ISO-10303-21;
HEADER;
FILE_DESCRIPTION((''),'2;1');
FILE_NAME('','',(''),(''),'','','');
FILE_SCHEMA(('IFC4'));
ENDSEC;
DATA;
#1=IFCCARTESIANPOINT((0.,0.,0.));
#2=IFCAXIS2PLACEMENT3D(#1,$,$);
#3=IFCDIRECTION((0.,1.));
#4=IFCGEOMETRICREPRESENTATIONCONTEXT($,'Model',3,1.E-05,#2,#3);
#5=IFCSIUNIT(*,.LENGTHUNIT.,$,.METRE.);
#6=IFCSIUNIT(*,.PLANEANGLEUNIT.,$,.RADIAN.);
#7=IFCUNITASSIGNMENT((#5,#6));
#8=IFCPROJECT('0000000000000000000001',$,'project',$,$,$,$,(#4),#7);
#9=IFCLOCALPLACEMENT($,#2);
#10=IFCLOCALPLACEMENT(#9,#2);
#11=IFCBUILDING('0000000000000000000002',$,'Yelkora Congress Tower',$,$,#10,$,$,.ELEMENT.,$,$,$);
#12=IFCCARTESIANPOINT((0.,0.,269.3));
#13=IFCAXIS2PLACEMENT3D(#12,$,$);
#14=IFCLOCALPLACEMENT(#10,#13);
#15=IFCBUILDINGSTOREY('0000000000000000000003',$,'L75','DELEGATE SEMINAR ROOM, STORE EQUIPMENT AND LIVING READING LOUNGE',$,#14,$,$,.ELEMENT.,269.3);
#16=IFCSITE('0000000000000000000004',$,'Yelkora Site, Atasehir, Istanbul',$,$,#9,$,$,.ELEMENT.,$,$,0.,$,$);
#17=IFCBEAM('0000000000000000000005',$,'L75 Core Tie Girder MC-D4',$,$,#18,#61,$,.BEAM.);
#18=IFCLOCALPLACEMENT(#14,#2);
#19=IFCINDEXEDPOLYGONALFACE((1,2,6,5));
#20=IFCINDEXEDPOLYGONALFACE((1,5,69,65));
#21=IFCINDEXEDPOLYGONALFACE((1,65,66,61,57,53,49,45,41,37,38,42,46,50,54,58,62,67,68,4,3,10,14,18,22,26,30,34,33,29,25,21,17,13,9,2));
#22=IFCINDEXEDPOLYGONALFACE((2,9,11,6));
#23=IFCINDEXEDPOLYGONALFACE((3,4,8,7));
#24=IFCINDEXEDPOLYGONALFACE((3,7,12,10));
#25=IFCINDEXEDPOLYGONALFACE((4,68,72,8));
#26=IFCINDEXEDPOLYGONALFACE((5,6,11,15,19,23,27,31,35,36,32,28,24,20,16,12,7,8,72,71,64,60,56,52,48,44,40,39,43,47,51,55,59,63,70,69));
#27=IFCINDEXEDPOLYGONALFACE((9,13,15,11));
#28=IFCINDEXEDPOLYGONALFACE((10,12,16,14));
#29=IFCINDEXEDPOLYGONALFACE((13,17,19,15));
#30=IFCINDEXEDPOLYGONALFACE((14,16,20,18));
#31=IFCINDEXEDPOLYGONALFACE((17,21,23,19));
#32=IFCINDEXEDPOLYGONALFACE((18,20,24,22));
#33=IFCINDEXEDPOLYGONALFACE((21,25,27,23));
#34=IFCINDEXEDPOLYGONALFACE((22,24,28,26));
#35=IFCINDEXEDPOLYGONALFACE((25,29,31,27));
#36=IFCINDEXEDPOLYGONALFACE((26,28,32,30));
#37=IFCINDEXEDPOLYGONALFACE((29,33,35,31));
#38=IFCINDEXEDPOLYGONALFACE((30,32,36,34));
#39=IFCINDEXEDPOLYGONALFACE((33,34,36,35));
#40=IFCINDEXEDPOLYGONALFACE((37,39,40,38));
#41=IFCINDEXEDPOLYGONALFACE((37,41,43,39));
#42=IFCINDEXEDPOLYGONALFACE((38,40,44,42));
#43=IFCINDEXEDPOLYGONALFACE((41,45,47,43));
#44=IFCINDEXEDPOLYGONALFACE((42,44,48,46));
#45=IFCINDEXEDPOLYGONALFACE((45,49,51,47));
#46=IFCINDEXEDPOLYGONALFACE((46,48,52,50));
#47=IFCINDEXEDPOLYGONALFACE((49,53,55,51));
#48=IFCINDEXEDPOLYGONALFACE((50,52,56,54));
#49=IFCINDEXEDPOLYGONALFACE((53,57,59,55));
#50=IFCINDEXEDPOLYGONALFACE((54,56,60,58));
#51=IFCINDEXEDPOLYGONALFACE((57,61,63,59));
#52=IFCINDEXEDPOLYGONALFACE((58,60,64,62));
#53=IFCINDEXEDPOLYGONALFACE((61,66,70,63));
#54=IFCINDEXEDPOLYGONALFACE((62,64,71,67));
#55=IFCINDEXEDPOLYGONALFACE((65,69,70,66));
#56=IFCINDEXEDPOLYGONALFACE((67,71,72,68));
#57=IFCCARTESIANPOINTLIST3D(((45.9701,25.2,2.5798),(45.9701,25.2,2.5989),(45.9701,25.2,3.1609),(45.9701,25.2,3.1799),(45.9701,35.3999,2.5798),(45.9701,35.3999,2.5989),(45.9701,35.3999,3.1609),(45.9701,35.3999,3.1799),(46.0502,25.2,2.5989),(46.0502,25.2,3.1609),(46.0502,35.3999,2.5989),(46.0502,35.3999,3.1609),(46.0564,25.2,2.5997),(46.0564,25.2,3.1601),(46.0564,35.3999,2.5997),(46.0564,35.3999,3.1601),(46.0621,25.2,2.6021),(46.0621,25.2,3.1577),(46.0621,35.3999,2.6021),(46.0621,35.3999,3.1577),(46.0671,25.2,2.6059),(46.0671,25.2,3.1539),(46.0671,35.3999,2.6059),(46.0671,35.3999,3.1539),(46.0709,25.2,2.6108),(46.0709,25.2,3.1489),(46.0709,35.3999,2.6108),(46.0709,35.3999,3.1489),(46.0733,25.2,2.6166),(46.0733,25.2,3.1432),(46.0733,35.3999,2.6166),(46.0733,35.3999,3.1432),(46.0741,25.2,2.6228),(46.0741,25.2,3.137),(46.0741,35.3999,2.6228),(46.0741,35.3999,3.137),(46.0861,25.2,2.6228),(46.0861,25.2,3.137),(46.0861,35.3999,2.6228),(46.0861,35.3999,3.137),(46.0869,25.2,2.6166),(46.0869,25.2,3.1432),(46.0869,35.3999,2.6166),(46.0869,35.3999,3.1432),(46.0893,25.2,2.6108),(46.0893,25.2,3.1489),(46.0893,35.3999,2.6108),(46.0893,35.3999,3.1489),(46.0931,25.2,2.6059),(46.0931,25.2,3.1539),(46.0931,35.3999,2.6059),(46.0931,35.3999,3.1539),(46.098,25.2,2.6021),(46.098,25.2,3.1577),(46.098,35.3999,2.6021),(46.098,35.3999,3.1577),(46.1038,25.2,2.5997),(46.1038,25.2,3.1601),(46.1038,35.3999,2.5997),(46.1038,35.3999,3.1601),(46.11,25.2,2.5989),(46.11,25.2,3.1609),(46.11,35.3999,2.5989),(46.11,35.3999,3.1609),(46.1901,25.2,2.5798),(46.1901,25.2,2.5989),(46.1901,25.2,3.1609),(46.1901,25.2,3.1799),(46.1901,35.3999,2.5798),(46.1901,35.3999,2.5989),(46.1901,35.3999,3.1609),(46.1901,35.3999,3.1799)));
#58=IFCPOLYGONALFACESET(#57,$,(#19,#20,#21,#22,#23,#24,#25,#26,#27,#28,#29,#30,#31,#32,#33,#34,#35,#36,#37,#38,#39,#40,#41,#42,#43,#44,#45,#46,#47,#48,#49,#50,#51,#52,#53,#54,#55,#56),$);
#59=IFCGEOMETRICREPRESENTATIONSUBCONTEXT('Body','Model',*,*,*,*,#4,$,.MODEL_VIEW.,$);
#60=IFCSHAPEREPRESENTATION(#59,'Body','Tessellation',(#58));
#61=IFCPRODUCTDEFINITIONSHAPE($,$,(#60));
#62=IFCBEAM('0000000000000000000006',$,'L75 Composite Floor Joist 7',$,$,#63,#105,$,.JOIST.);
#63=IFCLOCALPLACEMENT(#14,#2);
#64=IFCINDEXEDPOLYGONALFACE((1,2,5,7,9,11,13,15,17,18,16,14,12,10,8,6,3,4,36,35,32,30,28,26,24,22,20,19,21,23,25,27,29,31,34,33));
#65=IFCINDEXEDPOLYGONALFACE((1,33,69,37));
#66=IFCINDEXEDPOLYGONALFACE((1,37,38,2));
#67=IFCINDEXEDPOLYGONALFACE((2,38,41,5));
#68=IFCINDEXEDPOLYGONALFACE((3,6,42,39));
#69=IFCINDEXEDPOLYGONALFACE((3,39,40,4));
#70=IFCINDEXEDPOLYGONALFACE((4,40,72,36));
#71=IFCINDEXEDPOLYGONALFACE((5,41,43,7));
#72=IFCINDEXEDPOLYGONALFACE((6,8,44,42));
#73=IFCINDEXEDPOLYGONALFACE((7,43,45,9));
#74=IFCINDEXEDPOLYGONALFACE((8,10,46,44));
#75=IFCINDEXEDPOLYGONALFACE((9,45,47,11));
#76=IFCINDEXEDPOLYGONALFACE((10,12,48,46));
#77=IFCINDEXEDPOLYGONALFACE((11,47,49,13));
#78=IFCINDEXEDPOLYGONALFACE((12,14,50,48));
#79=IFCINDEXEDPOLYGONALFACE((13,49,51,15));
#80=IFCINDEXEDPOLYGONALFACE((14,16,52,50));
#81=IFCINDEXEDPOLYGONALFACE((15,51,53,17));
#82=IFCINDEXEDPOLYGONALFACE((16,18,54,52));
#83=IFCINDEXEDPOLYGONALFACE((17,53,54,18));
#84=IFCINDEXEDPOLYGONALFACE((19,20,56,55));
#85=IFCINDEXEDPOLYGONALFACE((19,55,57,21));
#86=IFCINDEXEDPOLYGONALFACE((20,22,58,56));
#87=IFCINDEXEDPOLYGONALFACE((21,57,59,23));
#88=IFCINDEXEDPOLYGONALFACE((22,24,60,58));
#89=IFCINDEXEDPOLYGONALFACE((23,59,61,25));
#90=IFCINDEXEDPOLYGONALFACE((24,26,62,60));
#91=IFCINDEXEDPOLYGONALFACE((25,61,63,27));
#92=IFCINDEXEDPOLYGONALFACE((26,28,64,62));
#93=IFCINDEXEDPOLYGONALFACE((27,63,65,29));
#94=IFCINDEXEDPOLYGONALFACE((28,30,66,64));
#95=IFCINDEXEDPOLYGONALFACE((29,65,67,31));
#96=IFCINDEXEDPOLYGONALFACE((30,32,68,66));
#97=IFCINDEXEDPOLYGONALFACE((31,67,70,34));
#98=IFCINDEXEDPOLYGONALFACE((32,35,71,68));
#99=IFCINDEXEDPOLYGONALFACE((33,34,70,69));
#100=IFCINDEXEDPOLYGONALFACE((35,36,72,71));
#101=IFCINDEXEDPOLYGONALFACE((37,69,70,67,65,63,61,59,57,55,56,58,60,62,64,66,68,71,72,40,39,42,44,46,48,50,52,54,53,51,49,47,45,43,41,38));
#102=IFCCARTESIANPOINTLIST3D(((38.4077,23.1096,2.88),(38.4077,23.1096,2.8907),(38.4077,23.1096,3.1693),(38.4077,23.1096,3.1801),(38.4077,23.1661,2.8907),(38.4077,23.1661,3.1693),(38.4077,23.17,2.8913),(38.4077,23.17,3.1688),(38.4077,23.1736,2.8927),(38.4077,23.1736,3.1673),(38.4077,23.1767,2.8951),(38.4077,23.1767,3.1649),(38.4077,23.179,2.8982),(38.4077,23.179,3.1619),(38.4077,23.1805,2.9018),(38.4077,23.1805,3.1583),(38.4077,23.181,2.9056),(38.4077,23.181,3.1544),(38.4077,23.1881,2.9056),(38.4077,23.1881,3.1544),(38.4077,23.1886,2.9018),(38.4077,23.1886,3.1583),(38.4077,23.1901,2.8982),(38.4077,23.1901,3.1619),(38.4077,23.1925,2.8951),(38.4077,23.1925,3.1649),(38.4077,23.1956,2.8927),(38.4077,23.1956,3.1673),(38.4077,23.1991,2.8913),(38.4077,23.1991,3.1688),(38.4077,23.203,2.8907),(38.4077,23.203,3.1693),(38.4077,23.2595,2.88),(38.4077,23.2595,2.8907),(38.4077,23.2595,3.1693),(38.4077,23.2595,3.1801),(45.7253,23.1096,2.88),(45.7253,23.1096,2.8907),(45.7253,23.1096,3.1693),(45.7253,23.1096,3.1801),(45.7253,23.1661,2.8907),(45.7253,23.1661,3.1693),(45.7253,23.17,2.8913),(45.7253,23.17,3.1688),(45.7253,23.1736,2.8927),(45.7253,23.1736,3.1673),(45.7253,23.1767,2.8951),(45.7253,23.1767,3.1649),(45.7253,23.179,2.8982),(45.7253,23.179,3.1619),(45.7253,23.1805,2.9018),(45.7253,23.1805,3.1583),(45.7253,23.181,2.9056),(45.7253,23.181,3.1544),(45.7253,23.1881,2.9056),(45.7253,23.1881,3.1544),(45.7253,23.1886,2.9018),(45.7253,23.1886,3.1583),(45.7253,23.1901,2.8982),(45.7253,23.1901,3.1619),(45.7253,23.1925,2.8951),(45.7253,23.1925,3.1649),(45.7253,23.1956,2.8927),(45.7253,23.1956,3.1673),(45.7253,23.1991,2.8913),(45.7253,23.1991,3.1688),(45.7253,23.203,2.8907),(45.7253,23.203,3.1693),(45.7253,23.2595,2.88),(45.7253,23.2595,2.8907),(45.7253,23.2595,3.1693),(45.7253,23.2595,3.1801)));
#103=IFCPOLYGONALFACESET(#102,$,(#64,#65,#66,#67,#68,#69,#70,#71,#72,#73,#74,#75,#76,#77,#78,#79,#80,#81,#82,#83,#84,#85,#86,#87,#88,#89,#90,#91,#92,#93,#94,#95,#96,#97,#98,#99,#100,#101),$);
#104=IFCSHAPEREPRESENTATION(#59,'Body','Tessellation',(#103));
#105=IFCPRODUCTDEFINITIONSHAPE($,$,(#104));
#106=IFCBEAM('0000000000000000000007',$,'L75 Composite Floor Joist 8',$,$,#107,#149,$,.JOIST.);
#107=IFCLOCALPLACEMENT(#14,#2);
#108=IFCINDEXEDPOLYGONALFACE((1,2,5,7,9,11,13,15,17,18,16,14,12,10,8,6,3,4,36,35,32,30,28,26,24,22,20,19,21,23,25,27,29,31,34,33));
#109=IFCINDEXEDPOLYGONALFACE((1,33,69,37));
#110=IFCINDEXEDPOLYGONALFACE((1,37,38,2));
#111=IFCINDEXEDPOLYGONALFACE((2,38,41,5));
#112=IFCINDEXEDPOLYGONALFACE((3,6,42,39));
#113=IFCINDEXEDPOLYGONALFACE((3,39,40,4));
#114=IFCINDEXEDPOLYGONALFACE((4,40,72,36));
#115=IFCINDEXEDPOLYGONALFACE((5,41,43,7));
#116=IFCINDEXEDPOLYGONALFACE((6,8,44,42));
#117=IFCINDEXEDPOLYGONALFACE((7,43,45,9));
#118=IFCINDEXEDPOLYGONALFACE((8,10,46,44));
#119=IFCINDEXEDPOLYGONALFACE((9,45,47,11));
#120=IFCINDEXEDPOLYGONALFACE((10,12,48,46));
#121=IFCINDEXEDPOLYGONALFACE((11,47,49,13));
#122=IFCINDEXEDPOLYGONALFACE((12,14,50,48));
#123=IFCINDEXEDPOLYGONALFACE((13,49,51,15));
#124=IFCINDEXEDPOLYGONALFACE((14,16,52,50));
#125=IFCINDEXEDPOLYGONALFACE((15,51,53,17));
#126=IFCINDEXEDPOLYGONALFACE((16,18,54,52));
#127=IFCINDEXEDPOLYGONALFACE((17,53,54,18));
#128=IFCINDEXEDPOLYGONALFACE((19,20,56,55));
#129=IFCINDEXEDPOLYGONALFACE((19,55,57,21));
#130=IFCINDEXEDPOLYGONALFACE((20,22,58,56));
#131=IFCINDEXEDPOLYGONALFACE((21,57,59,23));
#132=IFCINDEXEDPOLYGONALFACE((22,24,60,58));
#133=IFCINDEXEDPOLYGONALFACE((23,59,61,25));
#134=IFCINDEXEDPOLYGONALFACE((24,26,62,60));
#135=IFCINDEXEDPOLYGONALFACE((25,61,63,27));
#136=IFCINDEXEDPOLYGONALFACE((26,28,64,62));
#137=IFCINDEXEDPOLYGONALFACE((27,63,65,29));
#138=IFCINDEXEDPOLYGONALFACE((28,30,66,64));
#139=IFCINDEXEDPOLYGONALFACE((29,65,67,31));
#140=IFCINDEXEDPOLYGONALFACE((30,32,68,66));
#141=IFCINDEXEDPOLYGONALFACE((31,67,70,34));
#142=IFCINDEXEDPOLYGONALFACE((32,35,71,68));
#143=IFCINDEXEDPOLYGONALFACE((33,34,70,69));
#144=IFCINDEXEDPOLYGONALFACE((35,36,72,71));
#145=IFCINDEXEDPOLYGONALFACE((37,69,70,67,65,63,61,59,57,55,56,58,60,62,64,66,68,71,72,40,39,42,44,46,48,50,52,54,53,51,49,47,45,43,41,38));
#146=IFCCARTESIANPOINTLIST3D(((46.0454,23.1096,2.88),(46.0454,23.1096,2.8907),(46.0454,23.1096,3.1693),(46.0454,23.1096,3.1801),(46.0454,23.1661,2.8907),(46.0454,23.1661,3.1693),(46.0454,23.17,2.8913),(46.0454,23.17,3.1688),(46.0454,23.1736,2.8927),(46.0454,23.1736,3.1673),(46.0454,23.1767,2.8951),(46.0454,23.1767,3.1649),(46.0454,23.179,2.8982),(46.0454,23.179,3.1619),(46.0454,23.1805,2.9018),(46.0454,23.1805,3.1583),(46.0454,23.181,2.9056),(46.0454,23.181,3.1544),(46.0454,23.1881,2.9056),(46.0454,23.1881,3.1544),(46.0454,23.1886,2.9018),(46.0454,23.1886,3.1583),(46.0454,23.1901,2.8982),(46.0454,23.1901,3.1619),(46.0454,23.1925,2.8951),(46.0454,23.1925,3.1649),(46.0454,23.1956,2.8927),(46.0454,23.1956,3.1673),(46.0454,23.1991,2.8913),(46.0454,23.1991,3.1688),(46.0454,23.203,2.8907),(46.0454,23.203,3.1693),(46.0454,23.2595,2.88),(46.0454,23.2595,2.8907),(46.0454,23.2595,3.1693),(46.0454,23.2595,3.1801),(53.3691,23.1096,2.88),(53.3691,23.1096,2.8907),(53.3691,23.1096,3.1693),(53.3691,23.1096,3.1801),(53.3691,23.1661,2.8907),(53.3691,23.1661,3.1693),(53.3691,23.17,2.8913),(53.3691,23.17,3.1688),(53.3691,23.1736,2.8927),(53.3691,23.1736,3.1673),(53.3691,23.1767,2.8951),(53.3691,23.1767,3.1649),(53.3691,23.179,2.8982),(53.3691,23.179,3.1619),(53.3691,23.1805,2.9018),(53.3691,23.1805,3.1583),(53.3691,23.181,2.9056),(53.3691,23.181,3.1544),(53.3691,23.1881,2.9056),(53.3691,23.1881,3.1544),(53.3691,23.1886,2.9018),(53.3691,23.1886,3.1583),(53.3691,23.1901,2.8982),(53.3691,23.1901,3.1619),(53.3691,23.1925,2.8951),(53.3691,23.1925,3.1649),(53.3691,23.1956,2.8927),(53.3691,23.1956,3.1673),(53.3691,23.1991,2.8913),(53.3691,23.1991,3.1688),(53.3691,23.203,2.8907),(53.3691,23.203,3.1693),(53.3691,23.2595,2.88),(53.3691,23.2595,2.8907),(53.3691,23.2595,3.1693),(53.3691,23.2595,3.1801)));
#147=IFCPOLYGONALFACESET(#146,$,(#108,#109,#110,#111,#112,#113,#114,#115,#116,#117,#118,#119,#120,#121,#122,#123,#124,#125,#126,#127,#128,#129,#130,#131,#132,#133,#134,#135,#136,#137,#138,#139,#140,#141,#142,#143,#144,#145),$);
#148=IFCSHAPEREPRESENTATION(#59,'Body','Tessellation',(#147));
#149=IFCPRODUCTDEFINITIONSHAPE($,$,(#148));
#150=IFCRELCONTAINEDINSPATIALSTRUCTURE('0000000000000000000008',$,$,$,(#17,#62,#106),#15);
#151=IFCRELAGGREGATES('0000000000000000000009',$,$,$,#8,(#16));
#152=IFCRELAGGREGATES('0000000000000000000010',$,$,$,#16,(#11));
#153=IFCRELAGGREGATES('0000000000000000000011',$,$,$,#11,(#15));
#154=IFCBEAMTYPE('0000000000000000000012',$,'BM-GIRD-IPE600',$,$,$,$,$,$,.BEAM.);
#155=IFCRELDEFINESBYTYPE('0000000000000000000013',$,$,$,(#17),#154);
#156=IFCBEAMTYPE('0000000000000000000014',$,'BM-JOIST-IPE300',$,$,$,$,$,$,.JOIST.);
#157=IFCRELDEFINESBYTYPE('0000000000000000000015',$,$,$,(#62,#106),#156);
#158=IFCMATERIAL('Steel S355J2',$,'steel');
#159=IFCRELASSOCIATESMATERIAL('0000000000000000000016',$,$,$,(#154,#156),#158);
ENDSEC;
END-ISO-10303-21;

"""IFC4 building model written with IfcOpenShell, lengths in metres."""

from ifc_helpers import new_model, si_unit, direction, frame, origin, origin_2d, place, context, subcontext, project, spatial, i_section, extrude, material, material_profile, profile_set, type_object, element, save


model = new_model("IFC4")

# Units and contexts
model_context = context("Model", 3, precision=1e-05, world=origin(), true_north=direction((0.0, 1.0)))
body_context = subcontext(model_context, "Body", "Model", "MODEL_VIEW")
ifc_project = project(units=[si_unit("LENGTHUNIT", "METRE"), si_unit("PLANEANGLEUNIT", "RADIAN")], contexts=[model_context])

# Site, building, storey
site_placement = place(None, origin())
site = spatial("IfcSite", under=ifc_project, at=site_placement, Name="Yelkora Site, Atasehir, Istanbul", CompositionType="ELEMENT", RefElevation=0.0)
building_placement = place(site_placement, origin())
building = spatial("IfcBuilding", under=site, at=building_placement, Name="Yelkora Congress Tower", CompositionType="ELEMENT")
storey_placement = place(building_placement, frame((0.0, 0.0, 269.3)))
storey = spatial("IfcBuildingStorey", under=building, at=storey_placement, Name="L75", Description="DELEGATE SEMINAR ROOM, STORE EQUIPMENT AND LIVING READING LOUNGE", CompositionType="ELEMENT", Elevation=269.3)

# Beams
ifc_material_1 = material(Name="Steel S355J2", Category="steel")
ifc_material_profile_1 = material_profile(ifc_material_1, i_section(OverallWidth=0.22, OverallDepth=0.6001, WebThickness=0.012, FlangeThickness=0.019, FilletRadius=0.0239, at=origin_2d()), Name="IPE 600")
ifc_profile_set_1 = profile_set([ifc_material_profile_1], Name="Steel S355J2")
beam_type_1 = type_object("IfcBeamType", Name="BM-GIRD-IPE600", PredefinedType="BEAM", material=ifc_profile_set_1)
beam_1_placement = place(storey_placement, frame((46.0801, 25.2, 2.8799), z_axis=(0.0, 1.0, 0.0), x_axis=(-1.0, 0.0, 0.0)))
element("IfcBeam", 1, at=beam_1_placement, inside=storey, type_object=beam_type_1, Name="L75 Core Tie Girder MC-D4", PredefinedType="BEAM", context=body_context, shape_type="SweptSolid", body=[
    extrude(i_section(OverallWidth=0.22, OverallDepth=0.6001, WebThickness=0.012, FlangeThickness=0.019, FilletRadius=0.0239, at=origin_2d()), origin(), (0.0, 0.0, 1.0), 10.2),
])
ifc_material_profile_2 = material_profile(ifc_material_1, i_section(OverallWidth=0.1499, OverallDepth=0.3, WebThickness=0.0071, FlangeThickness=0.0107, FilletRadius=0.0149, at=origin_2d()), Name="IPE 300")
ifc_profile_set_2 = profile_set([ifc_material_profile_2], Name="Steel S355J2")
beam_type_2 = type_object("IfcBeamType", Name="BM-JOIST-IPE300", PredefinedType="JOIST", material=ifc_profile_set_2)
beam_2_placement = place(storey_placement, frame((38.4077, 23.1846, 3.03), z_axis=(1.0, 0.0, 0.0), x_axis=(0.0, 1.0, 0.0)))
element("IfcBeam", 2, at=beam_2_placement, inside=storey, type_object=beam_type_2, Name="L75 Composite Floor Joist 7", PredefinedType="JOIST", context=body_context, shape_type="SweptSolid", body=[
    extrude(i_section(OverallWidth=0.1499, OverallDepth=0.3, WebThickness=0.0071, FlangeThickness=0.0107, FilletRadius=0.0149, at=origin_2d()), origin(), (0.0, 0.0, 1.0), 7.3176),
])
beam_3_placement = place(storey_placement, frame((46.0454, 23.1846, 3.03), z_axis=(1.0, 0.0, 0.0), x_axis=(0.0, 1.0, 0.0)))
element("IfcBeam", 3, at=beam_3_placement, inside=storey, type_object=beam_type_2, Name="L75 Composite Floor Joist 8", PredefinedType="JOIST", context=body_context, shape_type="SweptSolid", body=[
    extrude(i_section(OverallWidth=0.1499, OverallDepth=0.3, WebThickness=0.0071, FlangeThickness=0.0107, FilletRadius=0.0149, at=origin_2d()), origin(), (0.0, 0.0, 1.0), 7.3237),
])

save(model, "model.ifc")
